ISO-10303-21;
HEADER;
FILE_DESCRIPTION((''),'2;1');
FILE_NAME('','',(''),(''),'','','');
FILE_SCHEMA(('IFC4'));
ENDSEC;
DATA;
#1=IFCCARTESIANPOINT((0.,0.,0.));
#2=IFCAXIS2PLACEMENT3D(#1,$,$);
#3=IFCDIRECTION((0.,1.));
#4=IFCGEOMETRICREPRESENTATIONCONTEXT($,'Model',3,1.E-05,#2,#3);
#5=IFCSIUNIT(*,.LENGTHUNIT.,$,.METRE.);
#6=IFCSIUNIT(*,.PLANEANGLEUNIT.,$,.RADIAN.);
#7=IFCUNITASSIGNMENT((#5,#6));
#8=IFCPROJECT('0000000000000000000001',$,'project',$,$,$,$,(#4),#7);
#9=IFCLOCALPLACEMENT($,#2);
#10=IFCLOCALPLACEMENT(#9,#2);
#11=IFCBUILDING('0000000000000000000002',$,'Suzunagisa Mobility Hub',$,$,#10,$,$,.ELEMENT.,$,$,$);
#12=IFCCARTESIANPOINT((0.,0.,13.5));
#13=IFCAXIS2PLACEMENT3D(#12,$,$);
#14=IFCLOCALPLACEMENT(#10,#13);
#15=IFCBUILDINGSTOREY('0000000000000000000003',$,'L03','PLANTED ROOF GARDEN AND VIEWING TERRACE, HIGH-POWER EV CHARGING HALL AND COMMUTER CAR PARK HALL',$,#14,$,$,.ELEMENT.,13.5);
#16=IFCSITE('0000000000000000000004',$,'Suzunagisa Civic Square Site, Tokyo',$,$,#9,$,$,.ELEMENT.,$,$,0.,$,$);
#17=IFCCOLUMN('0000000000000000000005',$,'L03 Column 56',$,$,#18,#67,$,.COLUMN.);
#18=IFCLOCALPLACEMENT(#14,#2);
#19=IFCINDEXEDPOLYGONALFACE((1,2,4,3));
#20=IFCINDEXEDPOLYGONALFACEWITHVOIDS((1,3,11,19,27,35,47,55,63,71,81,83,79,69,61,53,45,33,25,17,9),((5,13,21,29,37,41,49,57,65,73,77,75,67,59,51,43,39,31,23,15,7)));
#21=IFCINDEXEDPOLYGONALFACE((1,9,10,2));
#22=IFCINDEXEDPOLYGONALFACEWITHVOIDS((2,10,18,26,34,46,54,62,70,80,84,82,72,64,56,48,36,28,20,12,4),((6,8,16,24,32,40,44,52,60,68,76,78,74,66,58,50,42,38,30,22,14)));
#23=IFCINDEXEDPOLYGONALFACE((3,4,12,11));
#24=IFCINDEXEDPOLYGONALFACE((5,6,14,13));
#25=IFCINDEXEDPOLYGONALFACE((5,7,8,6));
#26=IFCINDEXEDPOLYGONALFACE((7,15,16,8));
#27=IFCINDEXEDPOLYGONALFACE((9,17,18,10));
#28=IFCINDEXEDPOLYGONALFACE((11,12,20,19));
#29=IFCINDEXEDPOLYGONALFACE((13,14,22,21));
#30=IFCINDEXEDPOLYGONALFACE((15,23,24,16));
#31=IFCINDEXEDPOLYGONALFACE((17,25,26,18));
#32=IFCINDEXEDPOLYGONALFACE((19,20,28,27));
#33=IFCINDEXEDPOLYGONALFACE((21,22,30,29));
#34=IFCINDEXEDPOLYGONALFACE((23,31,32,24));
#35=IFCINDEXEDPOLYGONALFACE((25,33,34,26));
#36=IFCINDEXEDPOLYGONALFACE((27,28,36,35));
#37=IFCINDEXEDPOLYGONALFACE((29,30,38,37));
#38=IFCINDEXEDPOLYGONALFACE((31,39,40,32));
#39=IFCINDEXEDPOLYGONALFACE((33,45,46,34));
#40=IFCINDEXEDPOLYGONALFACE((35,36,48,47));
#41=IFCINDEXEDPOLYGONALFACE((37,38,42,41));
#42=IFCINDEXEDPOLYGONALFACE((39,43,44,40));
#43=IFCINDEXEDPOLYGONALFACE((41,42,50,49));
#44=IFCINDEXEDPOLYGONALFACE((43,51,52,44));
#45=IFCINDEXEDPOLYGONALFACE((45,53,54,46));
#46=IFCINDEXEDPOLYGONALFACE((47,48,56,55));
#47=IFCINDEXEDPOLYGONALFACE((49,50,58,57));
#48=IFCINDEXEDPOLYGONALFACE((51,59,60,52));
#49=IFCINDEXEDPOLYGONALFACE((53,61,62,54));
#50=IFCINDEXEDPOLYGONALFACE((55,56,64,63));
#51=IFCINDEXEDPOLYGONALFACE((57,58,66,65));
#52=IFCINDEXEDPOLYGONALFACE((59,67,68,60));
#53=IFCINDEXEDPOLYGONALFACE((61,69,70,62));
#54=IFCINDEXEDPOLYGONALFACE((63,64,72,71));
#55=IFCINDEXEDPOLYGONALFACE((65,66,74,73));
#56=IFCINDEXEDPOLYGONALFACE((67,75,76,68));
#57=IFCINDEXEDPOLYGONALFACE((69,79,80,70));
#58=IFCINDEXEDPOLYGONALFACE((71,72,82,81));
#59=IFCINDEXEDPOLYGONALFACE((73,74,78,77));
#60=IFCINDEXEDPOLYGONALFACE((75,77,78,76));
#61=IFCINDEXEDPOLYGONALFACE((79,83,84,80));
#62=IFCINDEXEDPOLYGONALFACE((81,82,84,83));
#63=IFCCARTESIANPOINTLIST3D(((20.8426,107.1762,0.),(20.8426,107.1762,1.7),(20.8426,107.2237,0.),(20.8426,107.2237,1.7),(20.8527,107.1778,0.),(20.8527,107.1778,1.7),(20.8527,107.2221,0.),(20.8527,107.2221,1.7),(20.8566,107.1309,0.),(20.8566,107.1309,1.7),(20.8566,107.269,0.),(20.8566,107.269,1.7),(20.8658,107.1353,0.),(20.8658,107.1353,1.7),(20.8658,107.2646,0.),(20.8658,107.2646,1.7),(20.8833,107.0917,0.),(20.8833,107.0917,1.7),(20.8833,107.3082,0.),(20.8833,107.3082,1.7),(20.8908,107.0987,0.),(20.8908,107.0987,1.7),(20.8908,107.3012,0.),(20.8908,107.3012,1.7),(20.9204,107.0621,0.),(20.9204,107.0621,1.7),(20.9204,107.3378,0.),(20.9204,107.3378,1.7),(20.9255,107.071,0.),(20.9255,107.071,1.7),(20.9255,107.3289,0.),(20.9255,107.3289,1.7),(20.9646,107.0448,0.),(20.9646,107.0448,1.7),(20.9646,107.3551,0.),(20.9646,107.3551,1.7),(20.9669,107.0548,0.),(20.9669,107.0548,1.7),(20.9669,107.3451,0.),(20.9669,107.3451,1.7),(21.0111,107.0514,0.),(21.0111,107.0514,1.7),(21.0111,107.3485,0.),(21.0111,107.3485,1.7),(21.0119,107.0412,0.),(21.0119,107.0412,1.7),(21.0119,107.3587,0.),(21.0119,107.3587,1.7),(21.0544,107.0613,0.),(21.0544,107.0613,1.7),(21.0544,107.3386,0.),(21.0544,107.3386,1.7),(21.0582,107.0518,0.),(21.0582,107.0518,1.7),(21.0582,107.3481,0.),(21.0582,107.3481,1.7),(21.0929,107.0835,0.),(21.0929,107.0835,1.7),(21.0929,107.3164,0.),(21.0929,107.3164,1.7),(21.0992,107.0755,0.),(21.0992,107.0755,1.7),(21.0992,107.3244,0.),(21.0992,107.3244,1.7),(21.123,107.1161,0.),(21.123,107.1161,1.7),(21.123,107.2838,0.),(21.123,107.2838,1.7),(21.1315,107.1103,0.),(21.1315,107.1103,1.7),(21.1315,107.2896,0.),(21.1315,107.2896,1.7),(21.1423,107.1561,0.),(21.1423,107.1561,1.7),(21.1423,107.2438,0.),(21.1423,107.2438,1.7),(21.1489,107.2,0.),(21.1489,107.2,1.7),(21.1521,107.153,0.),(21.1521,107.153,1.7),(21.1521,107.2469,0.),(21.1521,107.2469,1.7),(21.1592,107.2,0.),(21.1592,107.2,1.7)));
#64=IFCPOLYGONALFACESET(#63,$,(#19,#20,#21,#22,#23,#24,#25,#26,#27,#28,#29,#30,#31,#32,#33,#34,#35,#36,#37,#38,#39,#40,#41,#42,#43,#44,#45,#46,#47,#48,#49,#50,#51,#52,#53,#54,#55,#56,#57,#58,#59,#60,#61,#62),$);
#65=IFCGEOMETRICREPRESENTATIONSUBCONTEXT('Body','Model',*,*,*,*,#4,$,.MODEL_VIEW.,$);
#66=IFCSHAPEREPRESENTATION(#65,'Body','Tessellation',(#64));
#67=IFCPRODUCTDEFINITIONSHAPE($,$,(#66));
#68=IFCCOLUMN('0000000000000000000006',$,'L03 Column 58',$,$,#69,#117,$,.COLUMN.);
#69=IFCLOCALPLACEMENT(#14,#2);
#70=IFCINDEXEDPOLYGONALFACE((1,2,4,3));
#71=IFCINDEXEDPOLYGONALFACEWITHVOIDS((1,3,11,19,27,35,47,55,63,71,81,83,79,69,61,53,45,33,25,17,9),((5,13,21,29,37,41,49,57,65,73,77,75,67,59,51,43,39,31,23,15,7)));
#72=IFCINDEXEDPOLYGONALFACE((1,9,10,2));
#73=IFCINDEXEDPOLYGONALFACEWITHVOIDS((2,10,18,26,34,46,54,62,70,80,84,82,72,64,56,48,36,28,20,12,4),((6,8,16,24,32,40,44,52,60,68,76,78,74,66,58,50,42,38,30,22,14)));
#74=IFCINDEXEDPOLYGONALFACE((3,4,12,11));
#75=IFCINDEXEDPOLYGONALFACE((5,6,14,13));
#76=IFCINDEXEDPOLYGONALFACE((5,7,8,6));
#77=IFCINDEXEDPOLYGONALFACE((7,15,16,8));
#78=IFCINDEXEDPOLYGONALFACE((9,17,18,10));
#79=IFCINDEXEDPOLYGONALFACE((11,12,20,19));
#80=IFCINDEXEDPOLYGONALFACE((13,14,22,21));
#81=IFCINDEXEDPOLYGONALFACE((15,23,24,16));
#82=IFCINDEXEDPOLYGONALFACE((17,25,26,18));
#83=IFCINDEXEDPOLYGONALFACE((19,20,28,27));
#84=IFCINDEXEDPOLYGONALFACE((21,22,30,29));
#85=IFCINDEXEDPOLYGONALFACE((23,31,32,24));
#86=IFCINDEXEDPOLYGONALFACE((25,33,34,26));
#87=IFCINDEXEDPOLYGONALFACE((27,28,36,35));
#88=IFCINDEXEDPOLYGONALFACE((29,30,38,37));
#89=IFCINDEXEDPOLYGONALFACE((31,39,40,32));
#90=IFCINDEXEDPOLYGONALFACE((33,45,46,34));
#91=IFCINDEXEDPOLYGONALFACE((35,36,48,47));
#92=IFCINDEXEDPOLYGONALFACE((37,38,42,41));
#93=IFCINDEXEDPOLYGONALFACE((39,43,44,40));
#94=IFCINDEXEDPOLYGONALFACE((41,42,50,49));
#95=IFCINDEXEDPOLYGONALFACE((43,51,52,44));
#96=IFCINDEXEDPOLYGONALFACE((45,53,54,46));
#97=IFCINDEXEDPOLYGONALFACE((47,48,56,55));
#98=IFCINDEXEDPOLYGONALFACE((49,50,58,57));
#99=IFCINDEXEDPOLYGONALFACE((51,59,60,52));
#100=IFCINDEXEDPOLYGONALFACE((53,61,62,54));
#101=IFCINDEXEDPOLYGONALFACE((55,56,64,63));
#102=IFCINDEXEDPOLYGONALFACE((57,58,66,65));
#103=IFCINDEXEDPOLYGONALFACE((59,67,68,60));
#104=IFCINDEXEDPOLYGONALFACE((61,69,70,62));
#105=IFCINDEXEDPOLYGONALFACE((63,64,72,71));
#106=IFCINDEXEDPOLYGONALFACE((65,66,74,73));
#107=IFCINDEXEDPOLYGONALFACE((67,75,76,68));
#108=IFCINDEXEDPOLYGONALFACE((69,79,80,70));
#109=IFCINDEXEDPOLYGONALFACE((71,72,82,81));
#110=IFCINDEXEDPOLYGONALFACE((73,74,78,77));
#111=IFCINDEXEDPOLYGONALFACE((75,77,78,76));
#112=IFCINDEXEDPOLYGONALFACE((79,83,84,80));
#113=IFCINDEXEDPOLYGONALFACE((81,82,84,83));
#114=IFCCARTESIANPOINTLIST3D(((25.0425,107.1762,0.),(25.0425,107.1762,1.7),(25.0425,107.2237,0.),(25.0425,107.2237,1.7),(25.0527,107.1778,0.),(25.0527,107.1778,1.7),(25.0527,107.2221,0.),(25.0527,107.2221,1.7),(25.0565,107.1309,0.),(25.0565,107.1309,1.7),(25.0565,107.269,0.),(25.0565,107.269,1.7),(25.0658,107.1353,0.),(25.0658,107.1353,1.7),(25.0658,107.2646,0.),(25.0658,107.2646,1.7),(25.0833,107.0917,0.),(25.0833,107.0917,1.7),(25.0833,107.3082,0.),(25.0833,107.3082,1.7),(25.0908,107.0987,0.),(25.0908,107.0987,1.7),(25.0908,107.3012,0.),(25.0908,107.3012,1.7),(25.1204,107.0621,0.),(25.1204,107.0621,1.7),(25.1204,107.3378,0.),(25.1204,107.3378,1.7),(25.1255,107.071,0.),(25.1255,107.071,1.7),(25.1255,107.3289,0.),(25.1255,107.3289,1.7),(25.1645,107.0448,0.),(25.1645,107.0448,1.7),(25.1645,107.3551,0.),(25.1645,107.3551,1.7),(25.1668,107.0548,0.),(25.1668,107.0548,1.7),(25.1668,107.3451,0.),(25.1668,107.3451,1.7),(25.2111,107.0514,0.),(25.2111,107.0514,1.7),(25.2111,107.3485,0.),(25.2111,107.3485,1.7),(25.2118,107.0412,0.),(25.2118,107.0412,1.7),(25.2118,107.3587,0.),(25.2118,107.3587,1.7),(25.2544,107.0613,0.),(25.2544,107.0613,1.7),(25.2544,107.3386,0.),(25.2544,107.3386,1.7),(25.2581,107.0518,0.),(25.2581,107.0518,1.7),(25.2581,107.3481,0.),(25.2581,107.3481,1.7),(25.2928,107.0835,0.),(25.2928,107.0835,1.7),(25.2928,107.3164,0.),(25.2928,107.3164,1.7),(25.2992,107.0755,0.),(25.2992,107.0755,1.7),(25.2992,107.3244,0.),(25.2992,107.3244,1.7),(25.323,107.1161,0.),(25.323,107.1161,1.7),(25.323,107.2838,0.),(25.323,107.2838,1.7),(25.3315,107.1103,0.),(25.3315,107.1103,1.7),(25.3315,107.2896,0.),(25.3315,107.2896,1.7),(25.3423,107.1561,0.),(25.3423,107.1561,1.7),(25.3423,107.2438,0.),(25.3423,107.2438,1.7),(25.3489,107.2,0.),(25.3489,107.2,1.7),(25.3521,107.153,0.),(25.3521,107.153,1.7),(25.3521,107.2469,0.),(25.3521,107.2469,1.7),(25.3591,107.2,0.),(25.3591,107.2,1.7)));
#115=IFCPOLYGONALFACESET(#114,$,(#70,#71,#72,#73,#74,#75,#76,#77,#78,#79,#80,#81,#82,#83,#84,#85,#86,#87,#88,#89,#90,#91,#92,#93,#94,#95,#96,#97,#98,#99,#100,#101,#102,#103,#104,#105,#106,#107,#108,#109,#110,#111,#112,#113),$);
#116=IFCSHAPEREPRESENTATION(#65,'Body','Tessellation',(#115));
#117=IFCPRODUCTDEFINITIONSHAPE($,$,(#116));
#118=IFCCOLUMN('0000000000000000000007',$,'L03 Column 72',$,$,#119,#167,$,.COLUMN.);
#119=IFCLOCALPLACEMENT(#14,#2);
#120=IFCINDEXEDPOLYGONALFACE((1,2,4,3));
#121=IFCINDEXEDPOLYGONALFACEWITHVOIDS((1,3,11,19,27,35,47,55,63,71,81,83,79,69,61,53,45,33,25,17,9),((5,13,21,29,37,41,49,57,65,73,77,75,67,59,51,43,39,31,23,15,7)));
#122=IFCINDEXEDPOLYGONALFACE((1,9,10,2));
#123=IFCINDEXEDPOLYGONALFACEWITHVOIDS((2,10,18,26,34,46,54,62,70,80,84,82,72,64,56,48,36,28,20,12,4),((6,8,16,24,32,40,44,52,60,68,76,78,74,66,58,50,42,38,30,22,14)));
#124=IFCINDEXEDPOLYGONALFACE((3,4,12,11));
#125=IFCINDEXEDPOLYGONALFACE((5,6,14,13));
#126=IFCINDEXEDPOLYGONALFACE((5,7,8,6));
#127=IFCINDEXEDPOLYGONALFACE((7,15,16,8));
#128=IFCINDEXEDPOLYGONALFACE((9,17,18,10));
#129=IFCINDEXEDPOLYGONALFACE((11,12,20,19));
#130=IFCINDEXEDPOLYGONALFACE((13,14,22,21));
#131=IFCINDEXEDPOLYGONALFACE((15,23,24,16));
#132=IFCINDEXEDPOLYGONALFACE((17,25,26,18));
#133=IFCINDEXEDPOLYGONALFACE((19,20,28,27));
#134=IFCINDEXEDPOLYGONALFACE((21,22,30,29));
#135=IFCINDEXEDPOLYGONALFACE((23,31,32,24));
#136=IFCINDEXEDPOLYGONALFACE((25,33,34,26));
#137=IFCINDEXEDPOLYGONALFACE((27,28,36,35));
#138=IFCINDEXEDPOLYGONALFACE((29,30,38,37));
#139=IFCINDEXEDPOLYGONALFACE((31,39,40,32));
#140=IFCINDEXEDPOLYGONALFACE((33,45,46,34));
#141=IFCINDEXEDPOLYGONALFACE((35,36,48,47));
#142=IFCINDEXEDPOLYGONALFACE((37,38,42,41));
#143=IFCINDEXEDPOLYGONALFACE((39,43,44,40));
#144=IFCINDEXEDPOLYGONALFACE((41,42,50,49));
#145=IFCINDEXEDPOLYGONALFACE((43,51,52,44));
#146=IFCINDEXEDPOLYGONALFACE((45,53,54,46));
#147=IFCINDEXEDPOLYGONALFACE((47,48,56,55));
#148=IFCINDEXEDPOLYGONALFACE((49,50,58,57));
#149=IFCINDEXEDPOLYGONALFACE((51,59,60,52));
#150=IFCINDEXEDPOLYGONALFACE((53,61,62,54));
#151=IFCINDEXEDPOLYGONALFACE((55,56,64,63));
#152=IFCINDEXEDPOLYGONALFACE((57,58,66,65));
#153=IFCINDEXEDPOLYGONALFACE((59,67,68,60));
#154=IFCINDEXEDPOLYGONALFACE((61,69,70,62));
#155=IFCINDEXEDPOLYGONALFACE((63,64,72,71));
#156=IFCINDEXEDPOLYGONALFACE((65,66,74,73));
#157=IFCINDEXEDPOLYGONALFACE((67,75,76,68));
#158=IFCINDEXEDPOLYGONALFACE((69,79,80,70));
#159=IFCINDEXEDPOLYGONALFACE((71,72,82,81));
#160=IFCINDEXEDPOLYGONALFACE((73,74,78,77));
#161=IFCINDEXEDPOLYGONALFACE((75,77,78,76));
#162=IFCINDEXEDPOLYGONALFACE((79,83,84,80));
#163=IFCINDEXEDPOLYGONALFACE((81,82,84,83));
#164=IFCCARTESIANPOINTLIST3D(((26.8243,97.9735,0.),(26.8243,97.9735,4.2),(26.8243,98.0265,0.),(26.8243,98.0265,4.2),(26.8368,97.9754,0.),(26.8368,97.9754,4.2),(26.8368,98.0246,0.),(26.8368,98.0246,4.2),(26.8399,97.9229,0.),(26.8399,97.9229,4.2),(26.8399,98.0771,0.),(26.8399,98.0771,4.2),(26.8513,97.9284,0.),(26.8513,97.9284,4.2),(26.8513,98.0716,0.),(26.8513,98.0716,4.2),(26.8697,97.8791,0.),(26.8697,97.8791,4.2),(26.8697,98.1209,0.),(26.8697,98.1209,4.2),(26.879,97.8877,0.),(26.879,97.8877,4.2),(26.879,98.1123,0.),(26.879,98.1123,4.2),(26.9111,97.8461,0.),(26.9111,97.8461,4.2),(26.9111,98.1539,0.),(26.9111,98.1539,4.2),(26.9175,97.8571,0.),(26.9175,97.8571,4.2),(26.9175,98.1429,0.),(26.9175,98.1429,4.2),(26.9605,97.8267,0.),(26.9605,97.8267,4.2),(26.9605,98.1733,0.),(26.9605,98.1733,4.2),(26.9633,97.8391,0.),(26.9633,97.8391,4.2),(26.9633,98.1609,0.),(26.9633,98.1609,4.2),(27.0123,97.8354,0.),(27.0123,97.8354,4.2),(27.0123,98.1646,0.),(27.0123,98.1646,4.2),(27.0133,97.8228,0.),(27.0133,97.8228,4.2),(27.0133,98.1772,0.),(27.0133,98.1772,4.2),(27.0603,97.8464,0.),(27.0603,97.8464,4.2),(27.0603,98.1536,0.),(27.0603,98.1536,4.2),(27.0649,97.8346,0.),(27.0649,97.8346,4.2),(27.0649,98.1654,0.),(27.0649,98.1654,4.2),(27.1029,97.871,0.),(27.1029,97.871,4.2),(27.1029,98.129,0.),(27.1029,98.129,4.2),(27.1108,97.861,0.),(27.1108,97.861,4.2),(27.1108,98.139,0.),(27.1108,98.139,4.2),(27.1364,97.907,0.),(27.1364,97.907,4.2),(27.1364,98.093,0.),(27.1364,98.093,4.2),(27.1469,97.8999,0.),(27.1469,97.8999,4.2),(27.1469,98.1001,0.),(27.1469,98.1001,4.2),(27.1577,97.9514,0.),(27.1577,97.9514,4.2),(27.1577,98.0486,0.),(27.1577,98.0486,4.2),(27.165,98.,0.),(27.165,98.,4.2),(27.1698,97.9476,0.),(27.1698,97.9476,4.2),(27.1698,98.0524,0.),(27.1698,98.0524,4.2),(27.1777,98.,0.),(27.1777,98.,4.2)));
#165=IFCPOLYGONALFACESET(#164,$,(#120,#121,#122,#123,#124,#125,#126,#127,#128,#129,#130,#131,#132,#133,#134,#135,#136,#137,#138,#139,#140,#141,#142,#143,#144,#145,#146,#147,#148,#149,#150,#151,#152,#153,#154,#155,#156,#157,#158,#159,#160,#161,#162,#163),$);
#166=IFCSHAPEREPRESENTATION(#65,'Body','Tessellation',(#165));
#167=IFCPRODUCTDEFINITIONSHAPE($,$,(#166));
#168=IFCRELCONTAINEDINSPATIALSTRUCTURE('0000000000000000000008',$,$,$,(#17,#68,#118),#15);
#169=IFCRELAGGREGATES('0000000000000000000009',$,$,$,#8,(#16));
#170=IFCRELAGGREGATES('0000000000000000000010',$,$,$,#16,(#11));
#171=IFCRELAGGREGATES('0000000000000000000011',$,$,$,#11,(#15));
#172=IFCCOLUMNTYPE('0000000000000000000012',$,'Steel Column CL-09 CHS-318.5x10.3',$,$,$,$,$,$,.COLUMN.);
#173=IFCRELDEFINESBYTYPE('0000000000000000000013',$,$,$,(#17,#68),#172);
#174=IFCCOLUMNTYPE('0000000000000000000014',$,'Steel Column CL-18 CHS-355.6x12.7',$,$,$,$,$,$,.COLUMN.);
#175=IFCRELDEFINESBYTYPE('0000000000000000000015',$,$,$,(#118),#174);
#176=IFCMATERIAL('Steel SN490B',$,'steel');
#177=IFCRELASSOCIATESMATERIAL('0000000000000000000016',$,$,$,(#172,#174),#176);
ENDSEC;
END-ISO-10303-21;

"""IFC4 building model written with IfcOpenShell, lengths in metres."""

from ifc_helpers import new_model, si_unit, direction, frame, origin, origin_2d, place, context, subcontext, project, spatial, hollow_circle, extrude, material, material_profile, profile_set, type_object, element, save


model = new_model("IFC4")

# Units and contexts
model_context = context("Model", 3, precision=1e-05, world=origin(), true_north=direction((0.0, 1.0)))
body_context = subcontext(model_context, "Body", "Model", "MODEL_VIEW")
ifc_project = project(units=[si_unit("LENGTHUNIT", "METRE"), si_unit("PLANEANGLEUNIT", "RADIAN")], contexts=[model_context])

# Site, building, storey
site_placement = place(None, origin())
site = spatial("IfcSite", under=ifc_project, at=site_placement, Name="Suzunagisa Civic Square Site, Tokyo", CompositionType="ELEMENT", RefElevation=0.0)
building_placement = place(site_placement, origin())
building = spatial("IfcBuilding", under=site, at=building_placement, Name="Suzunagisa Mobility Hub", CompositionType="ELEMENT")
storey_placement = place(building_placement, frame((0.0, 0.0, 13.5)))
storey = spatial("IfcBuildingStorey", under=building, at=storey_placement, Name="L03", Description="PLANTED ROOF GARDEN AND VIEWING TERRACE, HIGH-POWER EV CHARGING HALL AND COMMUTER CAR PARK HALL", CompositionType="ELEMENT", Elevation=13.5)

# Columns
ifc_material_1 = material(Name="Steel SN490B", Category="steel")
ifc_material_profile_1 = material_profile(ifc_material_1, hollow_circle(Radius=0.1592, WallThickness=0.0103, at=origin_2d()), Name="CHS-318.5x10.3")
ifc_profile_set_1 = profile_set([ifc_material_profile_1], Name="Steel SN490B")
column_type_1 = type_object("IfcColumnType", Name="Steel Column CL-09 CHS-318.5x10.3", PredefinedType="COLUMN", material=ifc_profile_set_1)
for number, where, z_axis, x_axis, name in (
    (1, (21.0, 107.2, 0.0), (0.0, 0.0, 1.0), (1.0, 0.0, 0.0), "L03 Column 56"),
    (2, (25.2, 107.2, 0.0), (0.0, 0.0, 1.0), (1.0, 0.0, 0.0), "L03 Column 58"),
):
    element("IfcColumn", number, at=place(storey_placement, frame(where, z_axis=z_axis, x_axis=x_axis)), inside=storey, type_object=column_type_1, Name=name, PredefinedType="COLUMN", context=body_context, shape_type="SweptSolid", body=[
        extrude(hollow_circle(Radius=0.1592, WallThickness=0.0103, at=origin_2d()), origin(), (0.0, 0.0, 1.0), 1.7),
    ])
ifc_material_profile_2 = material_profile(ifc_material_1, hollow_circle(Radius=0.1777, WallThickness=0.0127, at=origin_2d()), Name="CHS-355.6x12.7")
ifc_profile_set_2 = profile_set([ifc_material_profile_2], Name="Steel SN490B")
column_type_2 = type_object("IfcColumnType", Name="Steel Column CL-18 CHS-355.6x12.7", PredefinedType="COLUMN", material=ifc_profile_set_2)
for number, where, z_axis, x_axis, name in (
    (3, (27.0, 98.0, 0.0), (0.0, 0.0, 1.0), (1.0, 0.0, 0.0), "L03 Column 72"),
):
    element("IfcColumn", number, at=place(storey_placement, frame(where, z_axis=z_axis, x_axis=x_axis)), inside=storey, type_object=column_type_2, Name=name, PredefinedType="COLUMN", context=body_context, shape_type="SweptSolid", body=[
        extrude(hollow_circle(Radius=0.1777, WallThickness=0.0127, at=origin_2d()), origin(), (0.0, 0.0, 1.0), 4.2),
    ])

save(model, "model.ifc")
